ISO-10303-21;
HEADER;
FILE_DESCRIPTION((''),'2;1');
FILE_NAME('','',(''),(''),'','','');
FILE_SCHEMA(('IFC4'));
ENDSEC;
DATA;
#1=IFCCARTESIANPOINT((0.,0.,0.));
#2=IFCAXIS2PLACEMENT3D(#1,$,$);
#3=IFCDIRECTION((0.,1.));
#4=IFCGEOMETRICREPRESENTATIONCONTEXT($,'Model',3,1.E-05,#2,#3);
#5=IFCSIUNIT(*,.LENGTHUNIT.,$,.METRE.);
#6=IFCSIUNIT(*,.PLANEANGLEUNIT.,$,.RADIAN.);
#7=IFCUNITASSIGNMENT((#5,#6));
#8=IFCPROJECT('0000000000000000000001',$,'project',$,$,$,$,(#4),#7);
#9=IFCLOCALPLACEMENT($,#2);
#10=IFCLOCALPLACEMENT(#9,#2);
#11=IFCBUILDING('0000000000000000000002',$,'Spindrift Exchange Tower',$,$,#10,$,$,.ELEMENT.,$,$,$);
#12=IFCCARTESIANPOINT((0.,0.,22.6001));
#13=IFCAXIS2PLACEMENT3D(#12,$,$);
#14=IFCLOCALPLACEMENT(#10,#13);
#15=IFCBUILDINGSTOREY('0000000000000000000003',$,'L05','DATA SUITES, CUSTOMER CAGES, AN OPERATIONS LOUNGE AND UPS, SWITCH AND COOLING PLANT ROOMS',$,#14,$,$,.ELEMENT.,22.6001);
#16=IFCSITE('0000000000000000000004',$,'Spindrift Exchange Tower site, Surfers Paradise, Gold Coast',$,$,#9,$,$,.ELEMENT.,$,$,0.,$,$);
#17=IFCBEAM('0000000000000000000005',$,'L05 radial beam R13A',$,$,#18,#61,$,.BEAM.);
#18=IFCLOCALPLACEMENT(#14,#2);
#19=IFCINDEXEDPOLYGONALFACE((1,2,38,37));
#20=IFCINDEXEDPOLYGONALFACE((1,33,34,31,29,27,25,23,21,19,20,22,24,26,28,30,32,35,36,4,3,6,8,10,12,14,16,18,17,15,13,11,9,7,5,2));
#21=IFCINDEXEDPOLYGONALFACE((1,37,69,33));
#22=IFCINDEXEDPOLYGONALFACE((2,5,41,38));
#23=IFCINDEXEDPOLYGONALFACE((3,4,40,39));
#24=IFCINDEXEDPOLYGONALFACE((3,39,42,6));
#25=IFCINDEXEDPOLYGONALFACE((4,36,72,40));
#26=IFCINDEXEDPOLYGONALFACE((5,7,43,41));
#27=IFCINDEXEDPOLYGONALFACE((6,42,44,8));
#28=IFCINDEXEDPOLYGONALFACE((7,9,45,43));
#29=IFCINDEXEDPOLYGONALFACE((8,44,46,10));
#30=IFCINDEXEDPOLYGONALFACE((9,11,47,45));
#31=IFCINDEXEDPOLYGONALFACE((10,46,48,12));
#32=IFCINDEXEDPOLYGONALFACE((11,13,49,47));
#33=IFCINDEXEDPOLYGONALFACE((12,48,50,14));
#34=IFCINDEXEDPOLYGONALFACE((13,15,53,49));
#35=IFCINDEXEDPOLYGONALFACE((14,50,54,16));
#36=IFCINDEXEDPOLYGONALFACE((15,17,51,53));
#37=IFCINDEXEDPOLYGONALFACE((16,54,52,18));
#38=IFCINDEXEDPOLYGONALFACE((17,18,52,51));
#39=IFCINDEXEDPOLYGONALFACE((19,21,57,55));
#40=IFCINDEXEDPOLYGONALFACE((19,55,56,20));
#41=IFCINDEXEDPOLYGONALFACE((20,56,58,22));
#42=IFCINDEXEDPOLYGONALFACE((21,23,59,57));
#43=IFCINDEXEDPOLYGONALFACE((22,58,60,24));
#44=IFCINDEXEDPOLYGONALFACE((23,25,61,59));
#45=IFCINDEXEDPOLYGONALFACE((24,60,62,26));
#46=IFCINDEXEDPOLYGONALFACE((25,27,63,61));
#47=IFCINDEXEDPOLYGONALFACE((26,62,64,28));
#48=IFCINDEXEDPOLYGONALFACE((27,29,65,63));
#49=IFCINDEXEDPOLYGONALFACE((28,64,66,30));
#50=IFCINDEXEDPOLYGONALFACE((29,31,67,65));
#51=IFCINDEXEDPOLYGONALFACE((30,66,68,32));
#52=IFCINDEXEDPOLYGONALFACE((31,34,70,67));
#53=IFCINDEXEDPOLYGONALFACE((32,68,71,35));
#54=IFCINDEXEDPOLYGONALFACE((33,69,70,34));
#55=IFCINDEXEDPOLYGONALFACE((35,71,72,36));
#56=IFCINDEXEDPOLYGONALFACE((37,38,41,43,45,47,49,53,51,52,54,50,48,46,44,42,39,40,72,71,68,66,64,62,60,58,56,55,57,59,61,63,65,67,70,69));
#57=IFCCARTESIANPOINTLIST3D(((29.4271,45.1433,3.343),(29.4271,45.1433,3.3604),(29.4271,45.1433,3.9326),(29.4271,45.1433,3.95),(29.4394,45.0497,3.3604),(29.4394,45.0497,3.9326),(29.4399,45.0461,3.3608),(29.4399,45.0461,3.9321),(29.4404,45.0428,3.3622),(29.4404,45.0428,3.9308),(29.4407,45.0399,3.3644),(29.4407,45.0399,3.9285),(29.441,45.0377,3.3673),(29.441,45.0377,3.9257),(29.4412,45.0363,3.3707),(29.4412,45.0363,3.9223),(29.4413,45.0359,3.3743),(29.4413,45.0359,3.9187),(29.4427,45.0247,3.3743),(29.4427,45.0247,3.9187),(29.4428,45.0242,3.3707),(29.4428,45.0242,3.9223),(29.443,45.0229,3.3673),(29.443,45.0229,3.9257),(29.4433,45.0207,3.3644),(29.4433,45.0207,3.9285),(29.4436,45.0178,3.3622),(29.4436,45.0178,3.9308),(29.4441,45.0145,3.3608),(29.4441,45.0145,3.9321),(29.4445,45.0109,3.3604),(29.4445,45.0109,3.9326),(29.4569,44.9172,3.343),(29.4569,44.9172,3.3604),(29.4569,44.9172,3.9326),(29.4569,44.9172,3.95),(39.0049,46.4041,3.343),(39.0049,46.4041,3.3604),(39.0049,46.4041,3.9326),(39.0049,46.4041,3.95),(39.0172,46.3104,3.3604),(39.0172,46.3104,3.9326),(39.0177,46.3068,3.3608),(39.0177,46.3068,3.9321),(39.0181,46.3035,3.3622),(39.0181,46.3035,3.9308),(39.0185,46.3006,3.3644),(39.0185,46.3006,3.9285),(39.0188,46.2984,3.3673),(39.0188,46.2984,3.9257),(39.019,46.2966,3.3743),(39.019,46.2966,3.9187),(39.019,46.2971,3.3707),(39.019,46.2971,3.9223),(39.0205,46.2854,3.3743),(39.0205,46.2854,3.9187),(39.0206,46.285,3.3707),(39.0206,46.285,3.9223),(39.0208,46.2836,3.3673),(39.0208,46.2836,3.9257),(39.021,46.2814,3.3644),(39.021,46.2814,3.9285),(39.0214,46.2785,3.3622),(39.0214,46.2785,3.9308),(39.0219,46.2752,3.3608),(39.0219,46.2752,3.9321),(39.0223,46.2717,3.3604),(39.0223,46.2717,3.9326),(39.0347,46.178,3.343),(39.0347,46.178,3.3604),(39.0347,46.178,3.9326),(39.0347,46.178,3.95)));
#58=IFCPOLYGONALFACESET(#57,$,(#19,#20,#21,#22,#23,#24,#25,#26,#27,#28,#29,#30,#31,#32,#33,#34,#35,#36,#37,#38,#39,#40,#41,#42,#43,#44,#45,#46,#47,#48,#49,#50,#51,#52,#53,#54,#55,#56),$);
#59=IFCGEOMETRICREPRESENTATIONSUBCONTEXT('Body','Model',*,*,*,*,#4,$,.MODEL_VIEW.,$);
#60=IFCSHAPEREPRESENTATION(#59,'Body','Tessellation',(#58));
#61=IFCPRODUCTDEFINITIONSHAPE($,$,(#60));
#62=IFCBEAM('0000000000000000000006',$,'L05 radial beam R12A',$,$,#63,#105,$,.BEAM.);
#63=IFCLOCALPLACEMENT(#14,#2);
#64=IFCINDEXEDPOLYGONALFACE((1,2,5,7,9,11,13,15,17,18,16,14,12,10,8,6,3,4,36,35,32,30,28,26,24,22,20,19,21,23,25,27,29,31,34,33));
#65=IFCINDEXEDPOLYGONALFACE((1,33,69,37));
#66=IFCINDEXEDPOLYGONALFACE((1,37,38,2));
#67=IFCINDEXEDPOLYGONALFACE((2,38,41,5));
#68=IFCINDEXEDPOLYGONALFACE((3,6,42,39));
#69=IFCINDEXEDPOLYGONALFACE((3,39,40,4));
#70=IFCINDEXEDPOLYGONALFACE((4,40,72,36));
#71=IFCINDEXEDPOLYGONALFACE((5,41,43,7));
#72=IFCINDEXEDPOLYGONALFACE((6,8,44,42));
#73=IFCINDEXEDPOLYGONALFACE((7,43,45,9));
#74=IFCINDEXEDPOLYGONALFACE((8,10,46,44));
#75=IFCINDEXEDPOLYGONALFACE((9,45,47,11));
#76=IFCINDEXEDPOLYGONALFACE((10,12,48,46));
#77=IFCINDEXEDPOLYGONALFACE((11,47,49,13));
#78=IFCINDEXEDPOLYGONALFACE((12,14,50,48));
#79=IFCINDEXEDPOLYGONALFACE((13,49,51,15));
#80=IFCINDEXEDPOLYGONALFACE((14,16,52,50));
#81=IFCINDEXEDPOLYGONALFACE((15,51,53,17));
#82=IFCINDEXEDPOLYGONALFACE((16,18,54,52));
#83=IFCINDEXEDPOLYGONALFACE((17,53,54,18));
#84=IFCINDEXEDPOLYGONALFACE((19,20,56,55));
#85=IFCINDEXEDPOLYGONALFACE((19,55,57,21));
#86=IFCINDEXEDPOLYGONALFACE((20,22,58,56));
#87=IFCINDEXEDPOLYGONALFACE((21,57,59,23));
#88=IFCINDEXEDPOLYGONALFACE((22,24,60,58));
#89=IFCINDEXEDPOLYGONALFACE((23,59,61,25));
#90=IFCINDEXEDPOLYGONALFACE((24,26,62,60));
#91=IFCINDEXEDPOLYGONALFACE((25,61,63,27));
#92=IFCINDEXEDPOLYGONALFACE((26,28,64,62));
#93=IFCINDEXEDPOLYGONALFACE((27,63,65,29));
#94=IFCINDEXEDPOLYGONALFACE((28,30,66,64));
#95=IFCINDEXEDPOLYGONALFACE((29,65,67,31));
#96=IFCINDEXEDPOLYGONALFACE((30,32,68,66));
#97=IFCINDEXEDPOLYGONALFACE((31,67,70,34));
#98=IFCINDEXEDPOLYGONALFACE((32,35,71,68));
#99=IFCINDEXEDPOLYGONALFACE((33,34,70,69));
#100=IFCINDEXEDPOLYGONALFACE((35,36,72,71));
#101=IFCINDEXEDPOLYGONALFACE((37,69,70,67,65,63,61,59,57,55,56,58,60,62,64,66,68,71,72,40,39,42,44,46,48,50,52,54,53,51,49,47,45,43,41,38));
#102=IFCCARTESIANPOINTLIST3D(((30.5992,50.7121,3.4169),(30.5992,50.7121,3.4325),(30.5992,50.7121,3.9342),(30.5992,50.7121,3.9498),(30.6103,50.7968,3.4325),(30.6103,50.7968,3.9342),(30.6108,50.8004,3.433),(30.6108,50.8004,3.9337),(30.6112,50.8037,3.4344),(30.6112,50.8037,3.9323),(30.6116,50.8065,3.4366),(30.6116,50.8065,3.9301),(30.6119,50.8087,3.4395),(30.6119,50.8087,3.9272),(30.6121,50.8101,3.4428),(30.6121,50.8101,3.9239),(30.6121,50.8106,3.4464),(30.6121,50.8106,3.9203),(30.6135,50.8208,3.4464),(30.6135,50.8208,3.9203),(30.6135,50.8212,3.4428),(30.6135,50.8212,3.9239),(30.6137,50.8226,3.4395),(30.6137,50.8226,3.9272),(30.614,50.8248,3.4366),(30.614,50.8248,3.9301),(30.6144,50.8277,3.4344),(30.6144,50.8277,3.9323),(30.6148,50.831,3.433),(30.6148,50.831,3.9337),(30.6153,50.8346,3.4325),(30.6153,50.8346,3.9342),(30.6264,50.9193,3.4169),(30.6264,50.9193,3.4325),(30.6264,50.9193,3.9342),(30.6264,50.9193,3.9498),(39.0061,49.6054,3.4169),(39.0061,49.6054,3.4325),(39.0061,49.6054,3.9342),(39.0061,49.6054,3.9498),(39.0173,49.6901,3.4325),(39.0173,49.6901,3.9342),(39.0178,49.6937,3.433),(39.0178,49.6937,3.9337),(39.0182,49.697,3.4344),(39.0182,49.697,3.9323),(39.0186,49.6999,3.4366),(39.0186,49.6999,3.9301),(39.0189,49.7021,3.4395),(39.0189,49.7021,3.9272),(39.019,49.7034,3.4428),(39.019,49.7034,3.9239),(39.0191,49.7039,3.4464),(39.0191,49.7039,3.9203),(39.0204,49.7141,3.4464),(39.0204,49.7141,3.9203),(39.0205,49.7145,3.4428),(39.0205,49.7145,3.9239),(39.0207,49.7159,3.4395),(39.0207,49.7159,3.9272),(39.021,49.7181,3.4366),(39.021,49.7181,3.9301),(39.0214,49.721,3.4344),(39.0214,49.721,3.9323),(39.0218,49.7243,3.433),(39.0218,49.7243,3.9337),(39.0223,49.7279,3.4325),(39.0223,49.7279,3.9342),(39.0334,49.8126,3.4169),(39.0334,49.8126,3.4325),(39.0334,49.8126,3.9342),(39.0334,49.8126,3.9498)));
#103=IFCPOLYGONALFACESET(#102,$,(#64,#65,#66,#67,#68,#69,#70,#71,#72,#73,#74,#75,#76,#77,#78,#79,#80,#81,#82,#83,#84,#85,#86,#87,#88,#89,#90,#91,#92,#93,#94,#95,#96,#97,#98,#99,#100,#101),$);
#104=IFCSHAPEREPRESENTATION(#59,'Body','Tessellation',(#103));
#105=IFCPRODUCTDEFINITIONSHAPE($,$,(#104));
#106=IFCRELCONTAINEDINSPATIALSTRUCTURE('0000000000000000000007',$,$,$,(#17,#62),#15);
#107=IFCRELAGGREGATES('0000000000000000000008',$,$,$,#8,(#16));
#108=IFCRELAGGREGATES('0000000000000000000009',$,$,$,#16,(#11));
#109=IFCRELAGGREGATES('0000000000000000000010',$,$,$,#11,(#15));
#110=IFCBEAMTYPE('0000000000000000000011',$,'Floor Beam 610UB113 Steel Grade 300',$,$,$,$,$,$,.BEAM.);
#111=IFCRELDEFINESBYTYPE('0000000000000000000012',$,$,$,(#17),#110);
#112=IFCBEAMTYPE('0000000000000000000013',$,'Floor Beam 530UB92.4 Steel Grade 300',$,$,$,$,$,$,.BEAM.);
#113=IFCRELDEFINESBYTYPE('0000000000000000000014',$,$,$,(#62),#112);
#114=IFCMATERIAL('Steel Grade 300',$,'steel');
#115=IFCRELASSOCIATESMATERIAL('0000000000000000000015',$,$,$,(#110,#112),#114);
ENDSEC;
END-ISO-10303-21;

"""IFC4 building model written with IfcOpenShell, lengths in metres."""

from ifc_helpers import new_model, si_unit, direction, frame, origin, origin_2d, place, context, subcontext, project, spatial, i_section, extrude, source, transform, mapped, material, material_profile, profile_set, type_object, element, save


model = new_model("IFC4")

# Units and contexts
model_context = context("Model", 3, precision=1e-05, world=origin(), true_north=direction((0.0, 1.0)))
body_context = subcontext(model_context, "Body", "Model", "MODEL_VIEW")
ifc_project = project(units=[si_unit("LENGTHUNIT", "METRE"), si_unit("PLANEANGLEUNIT", "RADIAN")], contexts=[model_context])

# Site, building, storey
site_placement = place(None, origin())
site = spatial("IfcSite", under=ifc_project, at=site_placement, Name="Spindrift Exchange Tower site, Surfers Paradise, Gold Coast", CompositionType="ELEMENT", RefElevation=0.0)
building_placement = place(site_placement, origin())
building = spatial("IfcBuilding", under=site, at=building_placement, Name="Spindrift Exchange Tower", CompositionType="ELEMENT")
storey_placement = place(building_placement, frame((0.0, 0.0, 22.6001)))
storey = spatial("IfcBuildingStorey", under=building, at=storey_placement, Name="L05", Description="DATA SUITES, CUSTOMER CAGES, AN OPERATIONS LOUNGE AND UPS, SWITCH AND COOLING PLANT ROOMS", CompositionType="ELEMENT", Elevation=22.6001)

# Beams
ifc_material_1 = material(Name="Steel Grade 300", Category="steel")
ifc_material_profile_1 = material_profile(ifc_material_1, i_section(OverallWidth=0.228, OverallDepth=0.6069, WebThickness=0.0112, FlangeThickness=0.0173, FilletRadius=0.0139, at=origin_2d()), Name="610UB113")
ifc_profile_set_1 = profile_set([ifc_material_profile_1], Name="Steel Grade 300")
beam_type_1 = type_object("IfcBeamType", Name="Floor Beam 610UB113 Steel Grade 300", PredefinedType="BEAM", material=ifc_profile_set_1)
shared_shape_1 = source(origin(), body_context, "Body", "SweptSolid", [
    extrude(i_section(OverallWidth=0.228, OverallDepth=0.6069, WebThickness=0.0112, FlangeThickness=0.0173, FilletRadius=0.0139, at=origin_2d()), origin(), (0.0, 0.0, 1.0), 9.6604),
])
beam_1_placement = place(storey_placement, frame((39.0198, 46.291, 3.6465), z_axis=(-0.991448, -0.130505, 0.0), x_axis=(0.130505, -0.991448, 0.0)))
element("IfcBeam", 1, at=beam_1_placement, inside=storey, type_object=beam_type_1, Name="L05 radial beam R13A", PredefinedType="BEAM", context=body_context, shape_type="MappedRepresentation", body=[
    mapped(shared_shape_1, transform((0.0, 0.0, 0.0), scale=1.0)),
])
ifc_material_profile_2 = material_profile(ifc_material_1, i_section(OverallWidth=0.209, OverallDepth=0.533, WebThickness=0.0103, FlangeThickness=0.0156, FilletRadius=0.0139, at=origin_2d()), Name="530UB92.4")
ifc_profile_set_2 = profile_set([ifc_material_profile_2], Name="Steel Grade 300")
beam_type_2 = type_object("IfcBeamType", Name="Floor Beam 530UB92.4 Steel Grade 300", PredefinedType="BEAM", material=ifc_profile_set_2)
shared_shape_2 = source(origin(), body_context, "Body", "SweptSolid", [
    extrude(i_section(OverallWidth=0.209, OverallDepth=0.533, WebThickness=0.0103, FlangeThickness=0.0156, FilletRadius=0.0139, at=origin_2d()), origin(), (0.0, 0.0, 1.0), 8.4795),
])
beam_2_placement = place(storey_placement, frame((39.0198, 49.709, 3.6833), z_axis=(-0.991447, 0.130513, 0.0), x_axis=(-0.130513, -0.991447, 0.0)))
element("IfcBeam", 2, at=beam_2_placement, inside=storey, type_object=beam_type_2, Name="L05 radial beam R12A", PredefinedType="BEAM", context=body_context, shape_type="MappedRepresentation", body=[
    mapped(shared_shape_2, transform((0.0, 0.0, 0.0), scale=1.0)),
])

save(model, "model.ifc")
